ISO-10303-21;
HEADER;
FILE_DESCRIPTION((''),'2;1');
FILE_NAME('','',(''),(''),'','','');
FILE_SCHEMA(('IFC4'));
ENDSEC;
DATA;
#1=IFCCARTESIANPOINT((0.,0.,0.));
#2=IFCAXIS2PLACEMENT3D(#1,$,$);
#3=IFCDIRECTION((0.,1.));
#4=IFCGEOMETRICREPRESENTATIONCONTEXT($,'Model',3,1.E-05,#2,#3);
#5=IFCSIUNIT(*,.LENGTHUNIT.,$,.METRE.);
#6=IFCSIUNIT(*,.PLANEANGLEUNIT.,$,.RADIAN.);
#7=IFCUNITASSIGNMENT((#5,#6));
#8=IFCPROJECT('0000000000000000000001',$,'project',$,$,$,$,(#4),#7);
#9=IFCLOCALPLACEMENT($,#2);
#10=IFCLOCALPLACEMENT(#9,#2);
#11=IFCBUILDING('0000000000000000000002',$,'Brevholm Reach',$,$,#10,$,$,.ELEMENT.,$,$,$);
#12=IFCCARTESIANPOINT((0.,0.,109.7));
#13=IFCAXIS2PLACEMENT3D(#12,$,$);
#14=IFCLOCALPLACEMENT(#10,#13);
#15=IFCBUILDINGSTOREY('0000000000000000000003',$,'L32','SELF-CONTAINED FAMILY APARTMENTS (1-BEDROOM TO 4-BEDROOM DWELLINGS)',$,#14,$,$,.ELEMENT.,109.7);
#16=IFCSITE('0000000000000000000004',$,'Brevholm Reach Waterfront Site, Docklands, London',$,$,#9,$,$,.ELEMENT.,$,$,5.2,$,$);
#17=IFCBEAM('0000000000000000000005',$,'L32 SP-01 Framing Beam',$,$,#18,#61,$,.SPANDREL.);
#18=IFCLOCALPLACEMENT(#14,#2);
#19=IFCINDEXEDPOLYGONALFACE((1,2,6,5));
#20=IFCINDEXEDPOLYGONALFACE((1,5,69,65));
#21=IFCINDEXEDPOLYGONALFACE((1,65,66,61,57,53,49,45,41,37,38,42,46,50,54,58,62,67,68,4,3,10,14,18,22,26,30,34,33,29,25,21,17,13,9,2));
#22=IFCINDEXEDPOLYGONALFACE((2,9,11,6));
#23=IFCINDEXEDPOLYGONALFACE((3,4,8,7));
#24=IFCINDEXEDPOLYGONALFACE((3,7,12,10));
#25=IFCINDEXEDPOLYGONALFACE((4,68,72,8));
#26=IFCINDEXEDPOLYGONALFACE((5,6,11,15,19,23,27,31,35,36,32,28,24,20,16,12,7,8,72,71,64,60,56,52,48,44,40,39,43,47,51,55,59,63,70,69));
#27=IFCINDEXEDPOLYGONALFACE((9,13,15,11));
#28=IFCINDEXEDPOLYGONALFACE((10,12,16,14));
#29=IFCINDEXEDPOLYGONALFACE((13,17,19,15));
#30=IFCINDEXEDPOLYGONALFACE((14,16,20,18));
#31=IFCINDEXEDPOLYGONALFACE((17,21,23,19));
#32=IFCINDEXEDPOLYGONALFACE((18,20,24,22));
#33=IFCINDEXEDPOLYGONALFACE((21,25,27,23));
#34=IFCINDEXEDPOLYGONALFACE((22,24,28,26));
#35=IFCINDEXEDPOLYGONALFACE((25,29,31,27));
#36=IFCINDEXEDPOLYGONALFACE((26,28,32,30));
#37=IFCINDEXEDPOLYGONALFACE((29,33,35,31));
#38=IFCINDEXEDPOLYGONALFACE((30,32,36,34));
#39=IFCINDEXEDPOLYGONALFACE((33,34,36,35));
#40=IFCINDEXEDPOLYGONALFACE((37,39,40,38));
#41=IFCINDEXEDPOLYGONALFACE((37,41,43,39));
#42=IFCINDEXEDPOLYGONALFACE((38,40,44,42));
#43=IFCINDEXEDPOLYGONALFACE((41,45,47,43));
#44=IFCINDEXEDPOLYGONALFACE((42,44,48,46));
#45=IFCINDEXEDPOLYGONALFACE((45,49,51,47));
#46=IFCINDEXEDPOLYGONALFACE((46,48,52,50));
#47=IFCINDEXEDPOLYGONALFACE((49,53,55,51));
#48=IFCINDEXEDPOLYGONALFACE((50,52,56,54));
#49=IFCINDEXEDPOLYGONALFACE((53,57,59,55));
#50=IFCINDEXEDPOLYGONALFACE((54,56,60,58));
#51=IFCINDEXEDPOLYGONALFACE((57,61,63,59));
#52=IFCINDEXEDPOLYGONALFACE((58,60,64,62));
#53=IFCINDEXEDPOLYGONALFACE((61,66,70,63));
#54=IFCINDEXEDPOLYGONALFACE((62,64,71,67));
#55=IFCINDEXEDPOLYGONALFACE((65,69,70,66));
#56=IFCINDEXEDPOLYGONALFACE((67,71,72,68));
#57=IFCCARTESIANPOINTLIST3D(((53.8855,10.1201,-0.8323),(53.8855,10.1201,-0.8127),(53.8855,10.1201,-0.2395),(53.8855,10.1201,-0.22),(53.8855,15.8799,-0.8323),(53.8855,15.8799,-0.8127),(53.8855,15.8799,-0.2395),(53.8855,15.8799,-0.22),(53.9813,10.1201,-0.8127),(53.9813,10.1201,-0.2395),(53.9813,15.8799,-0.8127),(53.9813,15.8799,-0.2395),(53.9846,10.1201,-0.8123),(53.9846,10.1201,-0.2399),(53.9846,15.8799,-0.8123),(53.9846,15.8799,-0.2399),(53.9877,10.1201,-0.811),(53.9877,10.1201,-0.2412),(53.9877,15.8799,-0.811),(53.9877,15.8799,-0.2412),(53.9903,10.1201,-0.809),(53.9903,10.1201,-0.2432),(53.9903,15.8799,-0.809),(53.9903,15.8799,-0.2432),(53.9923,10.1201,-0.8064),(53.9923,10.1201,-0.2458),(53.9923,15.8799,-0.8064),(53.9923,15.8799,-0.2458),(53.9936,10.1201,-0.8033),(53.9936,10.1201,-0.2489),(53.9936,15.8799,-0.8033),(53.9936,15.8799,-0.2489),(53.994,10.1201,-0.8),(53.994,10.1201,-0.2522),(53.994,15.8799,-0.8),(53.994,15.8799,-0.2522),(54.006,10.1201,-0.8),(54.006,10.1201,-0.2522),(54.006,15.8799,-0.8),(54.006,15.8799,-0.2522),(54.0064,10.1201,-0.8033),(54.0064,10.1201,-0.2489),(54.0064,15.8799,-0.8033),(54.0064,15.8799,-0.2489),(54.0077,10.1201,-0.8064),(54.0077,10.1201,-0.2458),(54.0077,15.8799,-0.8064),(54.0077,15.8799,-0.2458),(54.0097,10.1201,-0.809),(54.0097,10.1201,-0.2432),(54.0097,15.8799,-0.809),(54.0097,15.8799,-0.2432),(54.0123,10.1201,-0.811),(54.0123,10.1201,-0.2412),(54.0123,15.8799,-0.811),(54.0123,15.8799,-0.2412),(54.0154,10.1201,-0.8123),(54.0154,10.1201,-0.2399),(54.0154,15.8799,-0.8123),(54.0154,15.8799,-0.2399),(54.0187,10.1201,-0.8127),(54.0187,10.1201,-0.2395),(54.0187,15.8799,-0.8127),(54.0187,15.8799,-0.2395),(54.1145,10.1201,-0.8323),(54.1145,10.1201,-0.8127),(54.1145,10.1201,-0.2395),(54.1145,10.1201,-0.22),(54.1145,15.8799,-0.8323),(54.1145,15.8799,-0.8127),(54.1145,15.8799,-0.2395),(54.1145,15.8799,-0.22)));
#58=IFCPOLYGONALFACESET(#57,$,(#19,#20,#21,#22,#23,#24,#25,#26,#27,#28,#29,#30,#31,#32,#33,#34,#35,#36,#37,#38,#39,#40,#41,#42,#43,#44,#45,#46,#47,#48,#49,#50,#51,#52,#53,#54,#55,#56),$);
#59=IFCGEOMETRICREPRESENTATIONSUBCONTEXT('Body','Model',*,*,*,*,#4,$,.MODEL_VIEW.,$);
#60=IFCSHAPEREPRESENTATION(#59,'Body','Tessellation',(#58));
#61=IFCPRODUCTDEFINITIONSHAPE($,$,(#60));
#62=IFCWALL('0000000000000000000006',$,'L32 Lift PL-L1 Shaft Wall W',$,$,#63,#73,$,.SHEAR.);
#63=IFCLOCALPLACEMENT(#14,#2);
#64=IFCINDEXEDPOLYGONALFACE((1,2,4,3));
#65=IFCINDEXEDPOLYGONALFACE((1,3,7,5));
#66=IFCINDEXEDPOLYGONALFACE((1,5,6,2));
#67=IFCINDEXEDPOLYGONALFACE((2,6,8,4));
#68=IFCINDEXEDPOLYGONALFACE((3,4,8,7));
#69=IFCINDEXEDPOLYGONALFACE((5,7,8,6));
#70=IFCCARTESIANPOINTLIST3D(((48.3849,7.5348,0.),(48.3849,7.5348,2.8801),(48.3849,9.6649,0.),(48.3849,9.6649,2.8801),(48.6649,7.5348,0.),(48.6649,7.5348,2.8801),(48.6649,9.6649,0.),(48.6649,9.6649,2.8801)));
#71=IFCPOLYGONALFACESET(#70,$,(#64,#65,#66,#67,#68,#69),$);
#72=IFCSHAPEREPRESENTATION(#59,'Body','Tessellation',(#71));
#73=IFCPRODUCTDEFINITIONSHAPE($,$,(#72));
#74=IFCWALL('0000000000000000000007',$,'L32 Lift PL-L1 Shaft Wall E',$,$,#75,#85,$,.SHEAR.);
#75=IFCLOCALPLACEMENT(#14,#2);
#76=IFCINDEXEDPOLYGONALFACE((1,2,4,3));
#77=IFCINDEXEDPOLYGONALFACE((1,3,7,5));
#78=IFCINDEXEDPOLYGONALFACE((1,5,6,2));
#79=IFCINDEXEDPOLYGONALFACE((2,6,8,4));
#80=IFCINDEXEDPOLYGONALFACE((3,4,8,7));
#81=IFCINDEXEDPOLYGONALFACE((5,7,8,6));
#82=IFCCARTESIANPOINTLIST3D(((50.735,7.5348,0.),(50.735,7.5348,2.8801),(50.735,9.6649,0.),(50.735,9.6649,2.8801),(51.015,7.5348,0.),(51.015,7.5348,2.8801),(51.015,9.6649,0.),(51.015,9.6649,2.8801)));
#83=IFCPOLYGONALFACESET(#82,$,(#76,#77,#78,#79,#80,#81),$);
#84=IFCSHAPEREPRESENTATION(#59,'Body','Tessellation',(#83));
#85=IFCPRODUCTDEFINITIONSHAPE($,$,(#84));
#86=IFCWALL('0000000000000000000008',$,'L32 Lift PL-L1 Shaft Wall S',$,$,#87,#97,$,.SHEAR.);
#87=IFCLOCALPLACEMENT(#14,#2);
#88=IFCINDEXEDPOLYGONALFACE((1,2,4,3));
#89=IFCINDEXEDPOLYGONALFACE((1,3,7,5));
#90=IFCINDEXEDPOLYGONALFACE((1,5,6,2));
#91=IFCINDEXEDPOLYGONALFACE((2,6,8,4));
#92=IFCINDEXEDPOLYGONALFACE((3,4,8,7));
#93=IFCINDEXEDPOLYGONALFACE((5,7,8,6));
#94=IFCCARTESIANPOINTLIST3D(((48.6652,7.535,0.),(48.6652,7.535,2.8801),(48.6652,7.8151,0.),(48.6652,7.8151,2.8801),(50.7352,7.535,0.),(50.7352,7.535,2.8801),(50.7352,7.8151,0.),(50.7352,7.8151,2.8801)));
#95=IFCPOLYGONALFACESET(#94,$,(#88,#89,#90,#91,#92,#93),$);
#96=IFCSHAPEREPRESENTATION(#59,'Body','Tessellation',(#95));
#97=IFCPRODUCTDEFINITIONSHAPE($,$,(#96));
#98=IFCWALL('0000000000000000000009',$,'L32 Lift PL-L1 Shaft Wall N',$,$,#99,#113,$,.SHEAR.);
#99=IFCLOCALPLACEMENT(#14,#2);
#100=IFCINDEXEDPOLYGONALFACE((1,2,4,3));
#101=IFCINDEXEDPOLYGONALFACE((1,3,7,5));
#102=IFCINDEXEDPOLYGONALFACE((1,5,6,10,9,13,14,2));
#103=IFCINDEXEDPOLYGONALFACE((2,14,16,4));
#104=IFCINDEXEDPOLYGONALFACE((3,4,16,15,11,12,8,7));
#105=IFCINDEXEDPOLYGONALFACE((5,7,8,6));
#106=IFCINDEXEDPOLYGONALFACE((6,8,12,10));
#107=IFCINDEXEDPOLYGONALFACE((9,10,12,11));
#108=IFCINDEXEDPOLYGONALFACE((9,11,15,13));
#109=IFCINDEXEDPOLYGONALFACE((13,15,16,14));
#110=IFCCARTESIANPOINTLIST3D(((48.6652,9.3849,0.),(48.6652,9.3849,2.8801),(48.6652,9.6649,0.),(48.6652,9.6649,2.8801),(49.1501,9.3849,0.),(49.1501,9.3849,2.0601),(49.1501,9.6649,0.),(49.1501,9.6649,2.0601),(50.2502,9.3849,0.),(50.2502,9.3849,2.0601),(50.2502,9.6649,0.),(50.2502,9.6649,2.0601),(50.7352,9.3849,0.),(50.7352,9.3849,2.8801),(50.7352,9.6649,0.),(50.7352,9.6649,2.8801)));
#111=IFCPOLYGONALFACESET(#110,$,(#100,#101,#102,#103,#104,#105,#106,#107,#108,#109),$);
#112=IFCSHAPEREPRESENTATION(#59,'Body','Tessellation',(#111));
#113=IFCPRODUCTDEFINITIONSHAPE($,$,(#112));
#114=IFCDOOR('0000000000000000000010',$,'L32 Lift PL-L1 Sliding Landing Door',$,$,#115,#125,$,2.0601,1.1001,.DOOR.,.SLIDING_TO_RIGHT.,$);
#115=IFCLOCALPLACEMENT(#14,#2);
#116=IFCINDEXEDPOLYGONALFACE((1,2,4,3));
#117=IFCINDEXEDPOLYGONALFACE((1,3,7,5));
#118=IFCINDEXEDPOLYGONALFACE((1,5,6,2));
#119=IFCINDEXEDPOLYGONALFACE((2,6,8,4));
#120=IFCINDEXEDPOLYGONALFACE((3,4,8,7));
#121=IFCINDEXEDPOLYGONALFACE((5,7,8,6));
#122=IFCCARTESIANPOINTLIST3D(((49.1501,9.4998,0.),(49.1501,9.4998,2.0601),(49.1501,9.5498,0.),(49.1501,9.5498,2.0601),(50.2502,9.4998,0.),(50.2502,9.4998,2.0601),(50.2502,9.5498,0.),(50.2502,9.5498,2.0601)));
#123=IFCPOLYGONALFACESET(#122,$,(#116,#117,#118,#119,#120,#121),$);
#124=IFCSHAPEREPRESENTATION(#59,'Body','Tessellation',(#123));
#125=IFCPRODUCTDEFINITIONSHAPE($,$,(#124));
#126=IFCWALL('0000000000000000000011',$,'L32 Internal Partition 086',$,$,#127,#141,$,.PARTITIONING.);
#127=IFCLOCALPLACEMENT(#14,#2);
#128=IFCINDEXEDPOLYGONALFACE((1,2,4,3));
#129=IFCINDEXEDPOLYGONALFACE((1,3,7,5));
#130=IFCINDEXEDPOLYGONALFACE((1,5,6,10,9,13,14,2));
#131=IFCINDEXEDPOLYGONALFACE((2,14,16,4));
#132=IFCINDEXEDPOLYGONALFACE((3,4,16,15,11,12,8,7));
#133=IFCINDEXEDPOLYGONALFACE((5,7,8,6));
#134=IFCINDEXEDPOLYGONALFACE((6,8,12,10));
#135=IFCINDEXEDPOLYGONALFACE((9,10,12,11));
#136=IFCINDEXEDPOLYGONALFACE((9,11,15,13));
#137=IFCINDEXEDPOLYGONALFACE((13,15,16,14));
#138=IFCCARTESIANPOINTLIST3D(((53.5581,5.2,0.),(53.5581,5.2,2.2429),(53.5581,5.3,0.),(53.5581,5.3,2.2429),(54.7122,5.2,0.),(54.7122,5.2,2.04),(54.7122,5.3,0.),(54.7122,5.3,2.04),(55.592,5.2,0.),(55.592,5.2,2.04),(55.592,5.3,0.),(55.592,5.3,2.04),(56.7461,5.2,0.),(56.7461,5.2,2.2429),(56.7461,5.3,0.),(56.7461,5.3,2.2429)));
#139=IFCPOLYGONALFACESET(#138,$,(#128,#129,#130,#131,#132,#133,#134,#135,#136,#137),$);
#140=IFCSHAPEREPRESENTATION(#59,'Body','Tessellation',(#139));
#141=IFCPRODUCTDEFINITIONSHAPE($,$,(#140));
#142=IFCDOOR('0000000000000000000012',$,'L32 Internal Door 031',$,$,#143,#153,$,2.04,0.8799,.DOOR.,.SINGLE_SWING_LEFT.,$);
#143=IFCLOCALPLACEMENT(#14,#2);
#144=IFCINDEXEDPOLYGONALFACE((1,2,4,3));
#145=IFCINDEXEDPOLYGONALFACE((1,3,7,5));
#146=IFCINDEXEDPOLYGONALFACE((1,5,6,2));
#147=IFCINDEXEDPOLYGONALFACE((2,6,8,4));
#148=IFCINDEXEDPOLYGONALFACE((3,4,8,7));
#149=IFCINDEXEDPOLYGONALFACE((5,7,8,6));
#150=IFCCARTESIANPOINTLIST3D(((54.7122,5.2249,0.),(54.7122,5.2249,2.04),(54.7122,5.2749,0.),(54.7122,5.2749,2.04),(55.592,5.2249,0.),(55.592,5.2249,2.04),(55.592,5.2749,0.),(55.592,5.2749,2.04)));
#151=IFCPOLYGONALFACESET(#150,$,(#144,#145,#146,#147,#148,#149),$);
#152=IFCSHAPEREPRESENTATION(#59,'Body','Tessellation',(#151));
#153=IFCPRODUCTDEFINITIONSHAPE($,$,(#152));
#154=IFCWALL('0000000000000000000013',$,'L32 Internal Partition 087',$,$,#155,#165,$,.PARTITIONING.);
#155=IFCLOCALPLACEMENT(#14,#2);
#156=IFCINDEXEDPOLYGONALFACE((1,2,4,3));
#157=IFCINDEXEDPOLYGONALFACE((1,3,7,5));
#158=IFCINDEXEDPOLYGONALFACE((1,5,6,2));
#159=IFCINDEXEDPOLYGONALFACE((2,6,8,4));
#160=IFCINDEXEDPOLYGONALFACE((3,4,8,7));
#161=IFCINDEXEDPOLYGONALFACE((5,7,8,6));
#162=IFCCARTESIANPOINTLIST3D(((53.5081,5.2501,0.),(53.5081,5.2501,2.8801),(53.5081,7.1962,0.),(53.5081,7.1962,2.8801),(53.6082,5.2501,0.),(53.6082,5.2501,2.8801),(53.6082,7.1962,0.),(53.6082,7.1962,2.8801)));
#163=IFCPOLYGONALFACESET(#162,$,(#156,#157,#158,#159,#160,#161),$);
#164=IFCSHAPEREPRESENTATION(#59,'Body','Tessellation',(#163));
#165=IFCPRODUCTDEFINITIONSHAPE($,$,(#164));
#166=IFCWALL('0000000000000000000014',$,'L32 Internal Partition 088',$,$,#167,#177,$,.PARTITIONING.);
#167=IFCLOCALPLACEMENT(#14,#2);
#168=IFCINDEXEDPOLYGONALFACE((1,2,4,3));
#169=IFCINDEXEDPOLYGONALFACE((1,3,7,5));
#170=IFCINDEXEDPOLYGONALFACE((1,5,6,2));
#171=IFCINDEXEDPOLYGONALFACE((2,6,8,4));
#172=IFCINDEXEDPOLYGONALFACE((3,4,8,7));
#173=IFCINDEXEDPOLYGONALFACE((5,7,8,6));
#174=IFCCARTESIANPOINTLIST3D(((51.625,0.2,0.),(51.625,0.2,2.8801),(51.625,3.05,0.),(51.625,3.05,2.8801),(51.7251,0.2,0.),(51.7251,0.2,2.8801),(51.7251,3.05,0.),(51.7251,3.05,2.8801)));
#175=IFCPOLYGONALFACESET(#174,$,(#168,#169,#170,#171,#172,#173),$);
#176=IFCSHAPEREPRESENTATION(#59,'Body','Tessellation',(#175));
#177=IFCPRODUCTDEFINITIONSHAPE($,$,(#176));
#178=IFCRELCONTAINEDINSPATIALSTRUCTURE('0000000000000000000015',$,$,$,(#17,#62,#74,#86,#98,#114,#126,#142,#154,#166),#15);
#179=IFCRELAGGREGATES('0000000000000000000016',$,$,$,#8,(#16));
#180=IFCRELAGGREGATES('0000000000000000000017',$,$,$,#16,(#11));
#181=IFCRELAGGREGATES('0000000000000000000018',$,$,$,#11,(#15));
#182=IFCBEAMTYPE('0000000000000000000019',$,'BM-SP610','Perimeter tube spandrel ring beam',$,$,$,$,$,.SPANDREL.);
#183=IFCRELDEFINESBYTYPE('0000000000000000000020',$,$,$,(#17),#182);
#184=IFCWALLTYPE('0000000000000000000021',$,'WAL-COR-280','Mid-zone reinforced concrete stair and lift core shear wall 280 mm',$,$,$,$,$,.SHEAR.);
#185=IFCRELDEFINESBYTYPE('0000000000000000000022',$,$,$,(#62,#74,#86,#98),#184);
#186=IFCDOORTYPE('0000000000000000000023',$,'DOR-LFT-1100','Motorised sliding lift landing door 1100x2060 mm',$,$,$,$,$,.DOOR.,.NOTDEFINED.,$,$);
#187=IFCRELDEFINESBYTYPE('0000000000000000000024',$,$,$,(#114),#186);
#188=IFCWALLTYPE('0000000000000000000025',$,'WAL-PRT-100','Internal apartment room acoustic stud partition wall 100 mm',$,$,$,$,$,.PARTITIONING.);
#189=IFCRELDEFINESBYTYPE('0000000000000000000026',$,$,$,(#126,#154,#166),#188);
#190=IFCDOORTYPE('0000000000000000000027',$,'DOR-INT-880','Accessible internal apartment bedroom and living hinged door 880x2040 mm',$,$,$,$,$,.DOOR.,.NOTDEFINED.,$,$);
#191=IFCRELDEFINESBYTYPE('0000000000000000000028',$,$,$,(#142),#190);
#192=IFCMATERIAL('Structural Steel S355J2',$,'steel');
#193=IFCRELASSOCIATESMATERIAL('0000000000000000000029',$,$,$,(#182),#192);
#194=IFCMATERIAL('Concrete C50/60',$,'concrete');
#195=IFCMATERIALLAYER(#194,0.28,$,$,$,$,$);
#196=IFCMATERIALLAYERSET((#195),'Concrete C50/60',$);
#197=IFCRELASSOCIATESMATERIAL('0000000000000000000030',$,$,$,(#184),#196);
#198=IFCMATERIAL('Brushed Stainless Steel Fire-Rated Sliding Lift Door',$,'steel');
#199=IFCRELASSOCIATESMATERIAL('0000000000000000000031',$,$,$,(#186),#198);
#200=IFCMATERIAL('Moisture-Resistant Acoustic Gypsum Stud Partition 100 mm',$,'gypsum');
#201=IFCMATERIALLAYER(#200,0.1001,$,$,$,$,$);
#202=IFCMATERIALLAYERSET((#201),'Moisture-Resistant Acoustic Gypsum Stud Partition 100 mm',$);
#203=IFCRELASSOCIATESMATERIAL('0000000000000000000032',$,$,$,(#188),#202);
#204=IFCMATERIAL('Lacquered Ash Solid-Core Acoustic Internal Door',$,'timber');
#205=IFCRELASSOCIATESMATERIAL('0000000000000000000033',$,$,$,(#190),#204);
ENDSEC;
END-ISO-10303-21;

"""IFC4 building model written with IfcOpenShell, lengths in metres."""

from ifc_helpers import new_model, si_unit, direction, frame, frame_2d, origin, origin_2d, place, context, subcontext, project, spatial, rectangle, i_section, extrude, material, layer, layer_set, material_profile, profile_set, type_object, element, fill, save


model = new_model("IFC4")

# Units and contexts
model_context = context("Model", 3, precision=1e-05, world=origin(), true_north=direction((0.0, 1.0)))
body_context = subcontext(model_context, "Body", "Model", "MODEL_VIEW")
ifc_project = project(units=[si_unit("LENGTHUNIT", "METRE"), si_unit("PLANEANGLEUNIT", "RADIAN")], contexts=[model_context])

# Site, building, storey
site_placement = place(None, origin())
site = spatial("IfcSite", under=ifc_project, at=site_placement, Name="Brevholm Reach Waterfront Site, Docklands, London", CompositionType="ELEMENT", RefElevation=5.2)
building_placement = place(site_placement, origin())
building = spatial("IfcBuilding", under=site, at=building_placement, Name="Brevholm Reach", CompositionType="ELEMENT")
storey_placement = place(building_placement, frame((0.0, 0.0, 109.7)))
storey = spatial("IfcBuildingStorey", under=building, at=storey_placement, Name="L32", Description="SELF-CONTAINED FAMILY APARTMENTS (1-BEDROOM TO 4-BEDROOM DWELLINGS)", CompositionType="ELEMENT", Elevation=109.7)

# Beam
ifc_material_1 = material(Name="Structural Steel S355J2", Category="steel")
ifc_material_profile_1 = material_profile(ifc_material_1, i_section(OverallWidth=0.229, OverallDepth=0.6123, WebThickness=0.012, FlangeThickness=0.0195, FilletRadius=0.0127, at=origin_2d()), Name="UKB 610x229x125")
ifc_profile_set_1 = profile_set([ifc_material_profile_1], Name="Structural Steel S355J2")
beam_type = type_object("IfcBeamType", Name="BM-SP610", Description="Perimeter tube spandrel ring beam", PredefinedType="SPANDREL", material=ifc_profile_set_1)
beam_1_placement = place(storey_placement, frame((54.0, 10.1201, -0.5261), z_axis=(0.0, 1.0, 0.0), x_axis=(-1.0, 0.0, 0.0)))
element("IfcBeam", 1, at=beam_1_placement, inside=storey, type_object=beam_type, Name="L32 SP-01 Framing Beam", PredefinedType="SPANDREL", context=body_context, shape_type="SweptSolid", body=[
    extrude(i_section(OverallWidth=0.229, OverallDepth=0.6123, WebThickness=0.012, FlangeThickness=0.0195, FilletRadius=0.0127, at=origin_2d()), origin(), (0.0, 0.0, 1.0), 5.7598),
])

# Walls
ifc_material_2 = material(Name="Concrete C50/60", Category="concrete")
ifc_layer_1 = layer(ifc_material_2, 0.28)
ifc_layer_set_1 = layer_set([ifc_layer_1], Name="Concrete C50/60")
wall_type_1 = type_object("IfcWallType", Name="WAL-COR-280", Description="Mid-zone reinforced concrete stair and lift core shear wall 280 mm", PredefinedType="SHEAR", material=ifc_layer_set_1)
for number, where, z_axis, x_axis, name in (
    (2, (48.5249, 7.5349, 0.0), (0.0, 0.0, 1.0), (0.0, 1.0, 0.0), "L32 Lift PL-L1 Shaft Wall W"),
    (3, (50.875, 7.5349, 0.0), (0.0, 0.0, 1.0), (0.0, 1.0, 0.0), "L32 Lift PL-L1 Shaft Wall E"),
):
    element("IfcWall", number, at=place(storey_placement, frame(where, z_axis=z_axis, x_axis=x_axis)), inside=storey, type_object=wall_type_1, Name=name, PredefinedType="SHEAR", context=body_context, shape_type="SweptSolid", body=[
        extrude(rectangle(XDim=2.1301, YDim=0.28, at=frame_2d((1.0649, 0.0))), origin(), (0.0, 0.0, 1.0), 2.8801),
    ])
wall_1_placement = place(storey_placement, frame((48.665, 7.675, 0.0), z_axis=(0.0, 0.0, 1.0), x_axis=(1.0, 0.0, 0.0)))
element("IfcWall", 4, at=wall_1_placement, inside=storey, type_object=wall_type_1, Name="L32 Lift PL-L1 Shaft Wall S", PredefinedType="SHEAR", context=body_context, shape_type="SweptSolid", body=[
    extrude(rectangle(XDim=2.0701, YDim=0.28, at=frame_2d((1.0352, 0.0))), origin(), (0.0, 0.0, 1.0), 2.8801),
])

# Walls, openings, doors
wall_2_placement = place(storey_placement, frame((48.665, 9.5249, 0.0), z_axis=(0.0, 0.0, 1.0), x_axis=(1.0, 0.0, 0.0)))
wall_2 = element("IfcWall", 5, at=wall_2_placement, inside=storey, type_object=wall_type_1, Name="L32 Lift PL-L1 Shaft Wall N", PredefinedType="SHEAR", context=body_context, shape_type="SweptSolid", body=[
    extrude(rectangle(XDim=2.0701, YDim=0.28, at=frame_2d((1.0352, 0.0))), origin(), (0.0, 0.0, 1.0), 2.8801),
])
opening_1_placement = place(wall_2_placement, frame((0.4851, 0.0, 0.0)))
opening_1 = element("IfcOpeningElement", 6, at=opening_1_placement, cuts=wall_2, PredefinedType="OPENING", context=body_context, shape_type="SweptSolid", body=[
    extrude(rectangle(XDim=1.1001, YDim=2.0601, at=frame_2d((0.55, 1.03))), frame((0.0, 0.1499, 0.0), z_axis=(0.0, -1.0, 0.0), x_axis=(1.0, 0.0, 0.0)), (0.0, 0.0, 1.0), 0.3),
])
ifc_material_3 = material(Name="Brushed Stainless Steel Fire-Rated Sliding Lift Door", Category="steel")
door_type_1 = type_object("IfcDoorType", Name="DOR-LFT-1100", Description="Motorised sliding lift landing door 1100x2060 mm", OperationType="NOTDEFINED", PredefinedType="DOOR", material=ifc_material_3)
door_1_placement = place(opening_1_placement, origin())
door_1 = element("IfcDoor", 7, at=door_1_placement, inside=storey, type_object=door_type_1, Name="L32 Lift PL-L1 Sliding Landing Door", OperationType="SLIDING_TO_RIGHT", OverallHeight=2.0601, OverallWidth=1.1001, PredefinedType="DOOR", context=body_context, shape_type="SweptSolid", body=[
    extrude(rectangle(XDim=1.1001, YDim=2.0601, at=frame_2d((0.55, 1.03))), frame((0.0, 0.0249, 0.0), z_axis=(0.0, -1.0, 0.0), x_axis=(1.0, 0.0, 0.0)), (0.0, 0.0, 1.0), 0.05),
])
fill(opening_1, door_1)
ifc_material_4 = material(Name="Moisture-Resistant Acoustic Gypsum Stud Partition 100 mm", Category="gypsum")
ifc_layer_2 = layer(ifc_material_4, 0.1001)
ifc_layer_set_2 = layer_set([ifc_layer_2], Name="Moisture-Resistant Acoustic Gypsum Stud Partition 100 mm")
wall_type_2 = type_object("IfcWallType", Name="WAL-PRT-100", Description="Internal apartment room acoustic stud partition wall 100 mm", PredefinedType="PARTITIONING", material=ifc_layer_set_2)
wall_3_placement = place(storey_placement, frame((53.5581, 5.25, 0.0), z_axis=(0.0, 0.0, 1.0), x_axis=(1.0, 0.0, 0.0)))
wall_3 = element("IfcWall", 8, at=wall_3_placement, inside=storey, type_object=wall_type_2, Name="L32 Internal Partition 086", PredefinedType="PARTITIONING", context=body_context, shape_type="SweptSolid", body=[
    extrude(rectangle(XDim=3.188, YDim=0.1001, at=frame_2d((1.594, 0.0))), origin(), (0.0, 0.0, 1.0), 2.2429),
])
opening_2_placement = place(wall_3_placement, frame((1.1541, 0.0, 0.0)))
opening_2 = element("IfcOpeningElement", 9, at=opening_2_placement, cuts=wall_3, PredefinedType="OPENING", context=body_context, shape_type="SweptSolid", body=[
    extrude(rectangle(XDim=0.8799, YDim=2.04, at=frame_2d((0.4399, 1.02))), frame((0.0, 0.0601, 0.0), z_axis=(0.0, -1.0, 0.0), x_axis=(1.0, 0.0, 0.0)), (0.0, 0.0, 1.0), 0.1201),
])
ifc_material_5 = material(Name="Lacquered Ash Solid-Core Acoustic Internal Door", Category="timber")
door_type_2 = type_object("IfcDoorType", Name="DOR-INT-880", Description="Accessible internal apartment bedroom and living hinged door 880x2040 mm", OperationType="NOTDEFINED", PredefinedType="DOOR", material=ifc_material_5)
door_2_placement = place(opening_2_placement, origin())
door_2 = element("IfcDoor", 10, at=door_2_placement, inside=storey, type_object=door_type_2, Name="L32 Internal Door 031", OperationType="SINGLE_SWING_LEFT", OverallHeight=2.04, OverallWidth=0.8799, PredefinedType="DOOR", context=body_context, shape_type="SweptSolid", body=[
    extrude(rectangle(XDim=0.8799, YDim=2.04, at=frame_2d((0.4399, 1.02))), frame((0.0, 0.0249, 0.0), z_axis=(0.0, -1.0, 0.0), x_axis=(1.0, 0.0, 0.0)), (0.0, 0.0, 1.0), 0.05),
])
fill(opening_2, door_2)

# Walls
wall_4_placement = place(storey_placement, frame((53.5581, 5.25, 0.0), z_axis=(0.0, 0.0, 1.0), x_axis=(0.0, 1.0, 0.0)))
element("IfcWall", 11, at=wall_4_placement, inside=storey, type_object=wall_type_2, Name="L32 Internal Partition 087", PredefinedType="PARTITIONING", context=body_context, shape_type="SweptSolid", body=[
    extrude(rectangle(XDim=1.946, YDim=0.1001, at=frame_2d((0.9731, 0.0))), origin(), (0.0, 0.0, 1.0), 2.8801),
])
wall_5_placement = place(storey_placement, frame((51.675, 0.2, 0.0), z_axis=(0.0, 0.0, 1.0), x_axis=(0.0, 1.0, 0.0)))
element("IfcWall", 12, at=wall_5_placement, inside=storey, type_object=wall_type_2, Name="L32 Internal Partition 088", PredefinedType="PARTITIONING", context=body_context, shape_type="SweptSolid", body=[
    extrude(rectangle(XDim=2.8501, YDim=0.1001, at=frame_2d((1.425, 0.0))), origin(), (0.0, 0.0, 1.0), 2.8801),
])

save(model, "model.ifc")
